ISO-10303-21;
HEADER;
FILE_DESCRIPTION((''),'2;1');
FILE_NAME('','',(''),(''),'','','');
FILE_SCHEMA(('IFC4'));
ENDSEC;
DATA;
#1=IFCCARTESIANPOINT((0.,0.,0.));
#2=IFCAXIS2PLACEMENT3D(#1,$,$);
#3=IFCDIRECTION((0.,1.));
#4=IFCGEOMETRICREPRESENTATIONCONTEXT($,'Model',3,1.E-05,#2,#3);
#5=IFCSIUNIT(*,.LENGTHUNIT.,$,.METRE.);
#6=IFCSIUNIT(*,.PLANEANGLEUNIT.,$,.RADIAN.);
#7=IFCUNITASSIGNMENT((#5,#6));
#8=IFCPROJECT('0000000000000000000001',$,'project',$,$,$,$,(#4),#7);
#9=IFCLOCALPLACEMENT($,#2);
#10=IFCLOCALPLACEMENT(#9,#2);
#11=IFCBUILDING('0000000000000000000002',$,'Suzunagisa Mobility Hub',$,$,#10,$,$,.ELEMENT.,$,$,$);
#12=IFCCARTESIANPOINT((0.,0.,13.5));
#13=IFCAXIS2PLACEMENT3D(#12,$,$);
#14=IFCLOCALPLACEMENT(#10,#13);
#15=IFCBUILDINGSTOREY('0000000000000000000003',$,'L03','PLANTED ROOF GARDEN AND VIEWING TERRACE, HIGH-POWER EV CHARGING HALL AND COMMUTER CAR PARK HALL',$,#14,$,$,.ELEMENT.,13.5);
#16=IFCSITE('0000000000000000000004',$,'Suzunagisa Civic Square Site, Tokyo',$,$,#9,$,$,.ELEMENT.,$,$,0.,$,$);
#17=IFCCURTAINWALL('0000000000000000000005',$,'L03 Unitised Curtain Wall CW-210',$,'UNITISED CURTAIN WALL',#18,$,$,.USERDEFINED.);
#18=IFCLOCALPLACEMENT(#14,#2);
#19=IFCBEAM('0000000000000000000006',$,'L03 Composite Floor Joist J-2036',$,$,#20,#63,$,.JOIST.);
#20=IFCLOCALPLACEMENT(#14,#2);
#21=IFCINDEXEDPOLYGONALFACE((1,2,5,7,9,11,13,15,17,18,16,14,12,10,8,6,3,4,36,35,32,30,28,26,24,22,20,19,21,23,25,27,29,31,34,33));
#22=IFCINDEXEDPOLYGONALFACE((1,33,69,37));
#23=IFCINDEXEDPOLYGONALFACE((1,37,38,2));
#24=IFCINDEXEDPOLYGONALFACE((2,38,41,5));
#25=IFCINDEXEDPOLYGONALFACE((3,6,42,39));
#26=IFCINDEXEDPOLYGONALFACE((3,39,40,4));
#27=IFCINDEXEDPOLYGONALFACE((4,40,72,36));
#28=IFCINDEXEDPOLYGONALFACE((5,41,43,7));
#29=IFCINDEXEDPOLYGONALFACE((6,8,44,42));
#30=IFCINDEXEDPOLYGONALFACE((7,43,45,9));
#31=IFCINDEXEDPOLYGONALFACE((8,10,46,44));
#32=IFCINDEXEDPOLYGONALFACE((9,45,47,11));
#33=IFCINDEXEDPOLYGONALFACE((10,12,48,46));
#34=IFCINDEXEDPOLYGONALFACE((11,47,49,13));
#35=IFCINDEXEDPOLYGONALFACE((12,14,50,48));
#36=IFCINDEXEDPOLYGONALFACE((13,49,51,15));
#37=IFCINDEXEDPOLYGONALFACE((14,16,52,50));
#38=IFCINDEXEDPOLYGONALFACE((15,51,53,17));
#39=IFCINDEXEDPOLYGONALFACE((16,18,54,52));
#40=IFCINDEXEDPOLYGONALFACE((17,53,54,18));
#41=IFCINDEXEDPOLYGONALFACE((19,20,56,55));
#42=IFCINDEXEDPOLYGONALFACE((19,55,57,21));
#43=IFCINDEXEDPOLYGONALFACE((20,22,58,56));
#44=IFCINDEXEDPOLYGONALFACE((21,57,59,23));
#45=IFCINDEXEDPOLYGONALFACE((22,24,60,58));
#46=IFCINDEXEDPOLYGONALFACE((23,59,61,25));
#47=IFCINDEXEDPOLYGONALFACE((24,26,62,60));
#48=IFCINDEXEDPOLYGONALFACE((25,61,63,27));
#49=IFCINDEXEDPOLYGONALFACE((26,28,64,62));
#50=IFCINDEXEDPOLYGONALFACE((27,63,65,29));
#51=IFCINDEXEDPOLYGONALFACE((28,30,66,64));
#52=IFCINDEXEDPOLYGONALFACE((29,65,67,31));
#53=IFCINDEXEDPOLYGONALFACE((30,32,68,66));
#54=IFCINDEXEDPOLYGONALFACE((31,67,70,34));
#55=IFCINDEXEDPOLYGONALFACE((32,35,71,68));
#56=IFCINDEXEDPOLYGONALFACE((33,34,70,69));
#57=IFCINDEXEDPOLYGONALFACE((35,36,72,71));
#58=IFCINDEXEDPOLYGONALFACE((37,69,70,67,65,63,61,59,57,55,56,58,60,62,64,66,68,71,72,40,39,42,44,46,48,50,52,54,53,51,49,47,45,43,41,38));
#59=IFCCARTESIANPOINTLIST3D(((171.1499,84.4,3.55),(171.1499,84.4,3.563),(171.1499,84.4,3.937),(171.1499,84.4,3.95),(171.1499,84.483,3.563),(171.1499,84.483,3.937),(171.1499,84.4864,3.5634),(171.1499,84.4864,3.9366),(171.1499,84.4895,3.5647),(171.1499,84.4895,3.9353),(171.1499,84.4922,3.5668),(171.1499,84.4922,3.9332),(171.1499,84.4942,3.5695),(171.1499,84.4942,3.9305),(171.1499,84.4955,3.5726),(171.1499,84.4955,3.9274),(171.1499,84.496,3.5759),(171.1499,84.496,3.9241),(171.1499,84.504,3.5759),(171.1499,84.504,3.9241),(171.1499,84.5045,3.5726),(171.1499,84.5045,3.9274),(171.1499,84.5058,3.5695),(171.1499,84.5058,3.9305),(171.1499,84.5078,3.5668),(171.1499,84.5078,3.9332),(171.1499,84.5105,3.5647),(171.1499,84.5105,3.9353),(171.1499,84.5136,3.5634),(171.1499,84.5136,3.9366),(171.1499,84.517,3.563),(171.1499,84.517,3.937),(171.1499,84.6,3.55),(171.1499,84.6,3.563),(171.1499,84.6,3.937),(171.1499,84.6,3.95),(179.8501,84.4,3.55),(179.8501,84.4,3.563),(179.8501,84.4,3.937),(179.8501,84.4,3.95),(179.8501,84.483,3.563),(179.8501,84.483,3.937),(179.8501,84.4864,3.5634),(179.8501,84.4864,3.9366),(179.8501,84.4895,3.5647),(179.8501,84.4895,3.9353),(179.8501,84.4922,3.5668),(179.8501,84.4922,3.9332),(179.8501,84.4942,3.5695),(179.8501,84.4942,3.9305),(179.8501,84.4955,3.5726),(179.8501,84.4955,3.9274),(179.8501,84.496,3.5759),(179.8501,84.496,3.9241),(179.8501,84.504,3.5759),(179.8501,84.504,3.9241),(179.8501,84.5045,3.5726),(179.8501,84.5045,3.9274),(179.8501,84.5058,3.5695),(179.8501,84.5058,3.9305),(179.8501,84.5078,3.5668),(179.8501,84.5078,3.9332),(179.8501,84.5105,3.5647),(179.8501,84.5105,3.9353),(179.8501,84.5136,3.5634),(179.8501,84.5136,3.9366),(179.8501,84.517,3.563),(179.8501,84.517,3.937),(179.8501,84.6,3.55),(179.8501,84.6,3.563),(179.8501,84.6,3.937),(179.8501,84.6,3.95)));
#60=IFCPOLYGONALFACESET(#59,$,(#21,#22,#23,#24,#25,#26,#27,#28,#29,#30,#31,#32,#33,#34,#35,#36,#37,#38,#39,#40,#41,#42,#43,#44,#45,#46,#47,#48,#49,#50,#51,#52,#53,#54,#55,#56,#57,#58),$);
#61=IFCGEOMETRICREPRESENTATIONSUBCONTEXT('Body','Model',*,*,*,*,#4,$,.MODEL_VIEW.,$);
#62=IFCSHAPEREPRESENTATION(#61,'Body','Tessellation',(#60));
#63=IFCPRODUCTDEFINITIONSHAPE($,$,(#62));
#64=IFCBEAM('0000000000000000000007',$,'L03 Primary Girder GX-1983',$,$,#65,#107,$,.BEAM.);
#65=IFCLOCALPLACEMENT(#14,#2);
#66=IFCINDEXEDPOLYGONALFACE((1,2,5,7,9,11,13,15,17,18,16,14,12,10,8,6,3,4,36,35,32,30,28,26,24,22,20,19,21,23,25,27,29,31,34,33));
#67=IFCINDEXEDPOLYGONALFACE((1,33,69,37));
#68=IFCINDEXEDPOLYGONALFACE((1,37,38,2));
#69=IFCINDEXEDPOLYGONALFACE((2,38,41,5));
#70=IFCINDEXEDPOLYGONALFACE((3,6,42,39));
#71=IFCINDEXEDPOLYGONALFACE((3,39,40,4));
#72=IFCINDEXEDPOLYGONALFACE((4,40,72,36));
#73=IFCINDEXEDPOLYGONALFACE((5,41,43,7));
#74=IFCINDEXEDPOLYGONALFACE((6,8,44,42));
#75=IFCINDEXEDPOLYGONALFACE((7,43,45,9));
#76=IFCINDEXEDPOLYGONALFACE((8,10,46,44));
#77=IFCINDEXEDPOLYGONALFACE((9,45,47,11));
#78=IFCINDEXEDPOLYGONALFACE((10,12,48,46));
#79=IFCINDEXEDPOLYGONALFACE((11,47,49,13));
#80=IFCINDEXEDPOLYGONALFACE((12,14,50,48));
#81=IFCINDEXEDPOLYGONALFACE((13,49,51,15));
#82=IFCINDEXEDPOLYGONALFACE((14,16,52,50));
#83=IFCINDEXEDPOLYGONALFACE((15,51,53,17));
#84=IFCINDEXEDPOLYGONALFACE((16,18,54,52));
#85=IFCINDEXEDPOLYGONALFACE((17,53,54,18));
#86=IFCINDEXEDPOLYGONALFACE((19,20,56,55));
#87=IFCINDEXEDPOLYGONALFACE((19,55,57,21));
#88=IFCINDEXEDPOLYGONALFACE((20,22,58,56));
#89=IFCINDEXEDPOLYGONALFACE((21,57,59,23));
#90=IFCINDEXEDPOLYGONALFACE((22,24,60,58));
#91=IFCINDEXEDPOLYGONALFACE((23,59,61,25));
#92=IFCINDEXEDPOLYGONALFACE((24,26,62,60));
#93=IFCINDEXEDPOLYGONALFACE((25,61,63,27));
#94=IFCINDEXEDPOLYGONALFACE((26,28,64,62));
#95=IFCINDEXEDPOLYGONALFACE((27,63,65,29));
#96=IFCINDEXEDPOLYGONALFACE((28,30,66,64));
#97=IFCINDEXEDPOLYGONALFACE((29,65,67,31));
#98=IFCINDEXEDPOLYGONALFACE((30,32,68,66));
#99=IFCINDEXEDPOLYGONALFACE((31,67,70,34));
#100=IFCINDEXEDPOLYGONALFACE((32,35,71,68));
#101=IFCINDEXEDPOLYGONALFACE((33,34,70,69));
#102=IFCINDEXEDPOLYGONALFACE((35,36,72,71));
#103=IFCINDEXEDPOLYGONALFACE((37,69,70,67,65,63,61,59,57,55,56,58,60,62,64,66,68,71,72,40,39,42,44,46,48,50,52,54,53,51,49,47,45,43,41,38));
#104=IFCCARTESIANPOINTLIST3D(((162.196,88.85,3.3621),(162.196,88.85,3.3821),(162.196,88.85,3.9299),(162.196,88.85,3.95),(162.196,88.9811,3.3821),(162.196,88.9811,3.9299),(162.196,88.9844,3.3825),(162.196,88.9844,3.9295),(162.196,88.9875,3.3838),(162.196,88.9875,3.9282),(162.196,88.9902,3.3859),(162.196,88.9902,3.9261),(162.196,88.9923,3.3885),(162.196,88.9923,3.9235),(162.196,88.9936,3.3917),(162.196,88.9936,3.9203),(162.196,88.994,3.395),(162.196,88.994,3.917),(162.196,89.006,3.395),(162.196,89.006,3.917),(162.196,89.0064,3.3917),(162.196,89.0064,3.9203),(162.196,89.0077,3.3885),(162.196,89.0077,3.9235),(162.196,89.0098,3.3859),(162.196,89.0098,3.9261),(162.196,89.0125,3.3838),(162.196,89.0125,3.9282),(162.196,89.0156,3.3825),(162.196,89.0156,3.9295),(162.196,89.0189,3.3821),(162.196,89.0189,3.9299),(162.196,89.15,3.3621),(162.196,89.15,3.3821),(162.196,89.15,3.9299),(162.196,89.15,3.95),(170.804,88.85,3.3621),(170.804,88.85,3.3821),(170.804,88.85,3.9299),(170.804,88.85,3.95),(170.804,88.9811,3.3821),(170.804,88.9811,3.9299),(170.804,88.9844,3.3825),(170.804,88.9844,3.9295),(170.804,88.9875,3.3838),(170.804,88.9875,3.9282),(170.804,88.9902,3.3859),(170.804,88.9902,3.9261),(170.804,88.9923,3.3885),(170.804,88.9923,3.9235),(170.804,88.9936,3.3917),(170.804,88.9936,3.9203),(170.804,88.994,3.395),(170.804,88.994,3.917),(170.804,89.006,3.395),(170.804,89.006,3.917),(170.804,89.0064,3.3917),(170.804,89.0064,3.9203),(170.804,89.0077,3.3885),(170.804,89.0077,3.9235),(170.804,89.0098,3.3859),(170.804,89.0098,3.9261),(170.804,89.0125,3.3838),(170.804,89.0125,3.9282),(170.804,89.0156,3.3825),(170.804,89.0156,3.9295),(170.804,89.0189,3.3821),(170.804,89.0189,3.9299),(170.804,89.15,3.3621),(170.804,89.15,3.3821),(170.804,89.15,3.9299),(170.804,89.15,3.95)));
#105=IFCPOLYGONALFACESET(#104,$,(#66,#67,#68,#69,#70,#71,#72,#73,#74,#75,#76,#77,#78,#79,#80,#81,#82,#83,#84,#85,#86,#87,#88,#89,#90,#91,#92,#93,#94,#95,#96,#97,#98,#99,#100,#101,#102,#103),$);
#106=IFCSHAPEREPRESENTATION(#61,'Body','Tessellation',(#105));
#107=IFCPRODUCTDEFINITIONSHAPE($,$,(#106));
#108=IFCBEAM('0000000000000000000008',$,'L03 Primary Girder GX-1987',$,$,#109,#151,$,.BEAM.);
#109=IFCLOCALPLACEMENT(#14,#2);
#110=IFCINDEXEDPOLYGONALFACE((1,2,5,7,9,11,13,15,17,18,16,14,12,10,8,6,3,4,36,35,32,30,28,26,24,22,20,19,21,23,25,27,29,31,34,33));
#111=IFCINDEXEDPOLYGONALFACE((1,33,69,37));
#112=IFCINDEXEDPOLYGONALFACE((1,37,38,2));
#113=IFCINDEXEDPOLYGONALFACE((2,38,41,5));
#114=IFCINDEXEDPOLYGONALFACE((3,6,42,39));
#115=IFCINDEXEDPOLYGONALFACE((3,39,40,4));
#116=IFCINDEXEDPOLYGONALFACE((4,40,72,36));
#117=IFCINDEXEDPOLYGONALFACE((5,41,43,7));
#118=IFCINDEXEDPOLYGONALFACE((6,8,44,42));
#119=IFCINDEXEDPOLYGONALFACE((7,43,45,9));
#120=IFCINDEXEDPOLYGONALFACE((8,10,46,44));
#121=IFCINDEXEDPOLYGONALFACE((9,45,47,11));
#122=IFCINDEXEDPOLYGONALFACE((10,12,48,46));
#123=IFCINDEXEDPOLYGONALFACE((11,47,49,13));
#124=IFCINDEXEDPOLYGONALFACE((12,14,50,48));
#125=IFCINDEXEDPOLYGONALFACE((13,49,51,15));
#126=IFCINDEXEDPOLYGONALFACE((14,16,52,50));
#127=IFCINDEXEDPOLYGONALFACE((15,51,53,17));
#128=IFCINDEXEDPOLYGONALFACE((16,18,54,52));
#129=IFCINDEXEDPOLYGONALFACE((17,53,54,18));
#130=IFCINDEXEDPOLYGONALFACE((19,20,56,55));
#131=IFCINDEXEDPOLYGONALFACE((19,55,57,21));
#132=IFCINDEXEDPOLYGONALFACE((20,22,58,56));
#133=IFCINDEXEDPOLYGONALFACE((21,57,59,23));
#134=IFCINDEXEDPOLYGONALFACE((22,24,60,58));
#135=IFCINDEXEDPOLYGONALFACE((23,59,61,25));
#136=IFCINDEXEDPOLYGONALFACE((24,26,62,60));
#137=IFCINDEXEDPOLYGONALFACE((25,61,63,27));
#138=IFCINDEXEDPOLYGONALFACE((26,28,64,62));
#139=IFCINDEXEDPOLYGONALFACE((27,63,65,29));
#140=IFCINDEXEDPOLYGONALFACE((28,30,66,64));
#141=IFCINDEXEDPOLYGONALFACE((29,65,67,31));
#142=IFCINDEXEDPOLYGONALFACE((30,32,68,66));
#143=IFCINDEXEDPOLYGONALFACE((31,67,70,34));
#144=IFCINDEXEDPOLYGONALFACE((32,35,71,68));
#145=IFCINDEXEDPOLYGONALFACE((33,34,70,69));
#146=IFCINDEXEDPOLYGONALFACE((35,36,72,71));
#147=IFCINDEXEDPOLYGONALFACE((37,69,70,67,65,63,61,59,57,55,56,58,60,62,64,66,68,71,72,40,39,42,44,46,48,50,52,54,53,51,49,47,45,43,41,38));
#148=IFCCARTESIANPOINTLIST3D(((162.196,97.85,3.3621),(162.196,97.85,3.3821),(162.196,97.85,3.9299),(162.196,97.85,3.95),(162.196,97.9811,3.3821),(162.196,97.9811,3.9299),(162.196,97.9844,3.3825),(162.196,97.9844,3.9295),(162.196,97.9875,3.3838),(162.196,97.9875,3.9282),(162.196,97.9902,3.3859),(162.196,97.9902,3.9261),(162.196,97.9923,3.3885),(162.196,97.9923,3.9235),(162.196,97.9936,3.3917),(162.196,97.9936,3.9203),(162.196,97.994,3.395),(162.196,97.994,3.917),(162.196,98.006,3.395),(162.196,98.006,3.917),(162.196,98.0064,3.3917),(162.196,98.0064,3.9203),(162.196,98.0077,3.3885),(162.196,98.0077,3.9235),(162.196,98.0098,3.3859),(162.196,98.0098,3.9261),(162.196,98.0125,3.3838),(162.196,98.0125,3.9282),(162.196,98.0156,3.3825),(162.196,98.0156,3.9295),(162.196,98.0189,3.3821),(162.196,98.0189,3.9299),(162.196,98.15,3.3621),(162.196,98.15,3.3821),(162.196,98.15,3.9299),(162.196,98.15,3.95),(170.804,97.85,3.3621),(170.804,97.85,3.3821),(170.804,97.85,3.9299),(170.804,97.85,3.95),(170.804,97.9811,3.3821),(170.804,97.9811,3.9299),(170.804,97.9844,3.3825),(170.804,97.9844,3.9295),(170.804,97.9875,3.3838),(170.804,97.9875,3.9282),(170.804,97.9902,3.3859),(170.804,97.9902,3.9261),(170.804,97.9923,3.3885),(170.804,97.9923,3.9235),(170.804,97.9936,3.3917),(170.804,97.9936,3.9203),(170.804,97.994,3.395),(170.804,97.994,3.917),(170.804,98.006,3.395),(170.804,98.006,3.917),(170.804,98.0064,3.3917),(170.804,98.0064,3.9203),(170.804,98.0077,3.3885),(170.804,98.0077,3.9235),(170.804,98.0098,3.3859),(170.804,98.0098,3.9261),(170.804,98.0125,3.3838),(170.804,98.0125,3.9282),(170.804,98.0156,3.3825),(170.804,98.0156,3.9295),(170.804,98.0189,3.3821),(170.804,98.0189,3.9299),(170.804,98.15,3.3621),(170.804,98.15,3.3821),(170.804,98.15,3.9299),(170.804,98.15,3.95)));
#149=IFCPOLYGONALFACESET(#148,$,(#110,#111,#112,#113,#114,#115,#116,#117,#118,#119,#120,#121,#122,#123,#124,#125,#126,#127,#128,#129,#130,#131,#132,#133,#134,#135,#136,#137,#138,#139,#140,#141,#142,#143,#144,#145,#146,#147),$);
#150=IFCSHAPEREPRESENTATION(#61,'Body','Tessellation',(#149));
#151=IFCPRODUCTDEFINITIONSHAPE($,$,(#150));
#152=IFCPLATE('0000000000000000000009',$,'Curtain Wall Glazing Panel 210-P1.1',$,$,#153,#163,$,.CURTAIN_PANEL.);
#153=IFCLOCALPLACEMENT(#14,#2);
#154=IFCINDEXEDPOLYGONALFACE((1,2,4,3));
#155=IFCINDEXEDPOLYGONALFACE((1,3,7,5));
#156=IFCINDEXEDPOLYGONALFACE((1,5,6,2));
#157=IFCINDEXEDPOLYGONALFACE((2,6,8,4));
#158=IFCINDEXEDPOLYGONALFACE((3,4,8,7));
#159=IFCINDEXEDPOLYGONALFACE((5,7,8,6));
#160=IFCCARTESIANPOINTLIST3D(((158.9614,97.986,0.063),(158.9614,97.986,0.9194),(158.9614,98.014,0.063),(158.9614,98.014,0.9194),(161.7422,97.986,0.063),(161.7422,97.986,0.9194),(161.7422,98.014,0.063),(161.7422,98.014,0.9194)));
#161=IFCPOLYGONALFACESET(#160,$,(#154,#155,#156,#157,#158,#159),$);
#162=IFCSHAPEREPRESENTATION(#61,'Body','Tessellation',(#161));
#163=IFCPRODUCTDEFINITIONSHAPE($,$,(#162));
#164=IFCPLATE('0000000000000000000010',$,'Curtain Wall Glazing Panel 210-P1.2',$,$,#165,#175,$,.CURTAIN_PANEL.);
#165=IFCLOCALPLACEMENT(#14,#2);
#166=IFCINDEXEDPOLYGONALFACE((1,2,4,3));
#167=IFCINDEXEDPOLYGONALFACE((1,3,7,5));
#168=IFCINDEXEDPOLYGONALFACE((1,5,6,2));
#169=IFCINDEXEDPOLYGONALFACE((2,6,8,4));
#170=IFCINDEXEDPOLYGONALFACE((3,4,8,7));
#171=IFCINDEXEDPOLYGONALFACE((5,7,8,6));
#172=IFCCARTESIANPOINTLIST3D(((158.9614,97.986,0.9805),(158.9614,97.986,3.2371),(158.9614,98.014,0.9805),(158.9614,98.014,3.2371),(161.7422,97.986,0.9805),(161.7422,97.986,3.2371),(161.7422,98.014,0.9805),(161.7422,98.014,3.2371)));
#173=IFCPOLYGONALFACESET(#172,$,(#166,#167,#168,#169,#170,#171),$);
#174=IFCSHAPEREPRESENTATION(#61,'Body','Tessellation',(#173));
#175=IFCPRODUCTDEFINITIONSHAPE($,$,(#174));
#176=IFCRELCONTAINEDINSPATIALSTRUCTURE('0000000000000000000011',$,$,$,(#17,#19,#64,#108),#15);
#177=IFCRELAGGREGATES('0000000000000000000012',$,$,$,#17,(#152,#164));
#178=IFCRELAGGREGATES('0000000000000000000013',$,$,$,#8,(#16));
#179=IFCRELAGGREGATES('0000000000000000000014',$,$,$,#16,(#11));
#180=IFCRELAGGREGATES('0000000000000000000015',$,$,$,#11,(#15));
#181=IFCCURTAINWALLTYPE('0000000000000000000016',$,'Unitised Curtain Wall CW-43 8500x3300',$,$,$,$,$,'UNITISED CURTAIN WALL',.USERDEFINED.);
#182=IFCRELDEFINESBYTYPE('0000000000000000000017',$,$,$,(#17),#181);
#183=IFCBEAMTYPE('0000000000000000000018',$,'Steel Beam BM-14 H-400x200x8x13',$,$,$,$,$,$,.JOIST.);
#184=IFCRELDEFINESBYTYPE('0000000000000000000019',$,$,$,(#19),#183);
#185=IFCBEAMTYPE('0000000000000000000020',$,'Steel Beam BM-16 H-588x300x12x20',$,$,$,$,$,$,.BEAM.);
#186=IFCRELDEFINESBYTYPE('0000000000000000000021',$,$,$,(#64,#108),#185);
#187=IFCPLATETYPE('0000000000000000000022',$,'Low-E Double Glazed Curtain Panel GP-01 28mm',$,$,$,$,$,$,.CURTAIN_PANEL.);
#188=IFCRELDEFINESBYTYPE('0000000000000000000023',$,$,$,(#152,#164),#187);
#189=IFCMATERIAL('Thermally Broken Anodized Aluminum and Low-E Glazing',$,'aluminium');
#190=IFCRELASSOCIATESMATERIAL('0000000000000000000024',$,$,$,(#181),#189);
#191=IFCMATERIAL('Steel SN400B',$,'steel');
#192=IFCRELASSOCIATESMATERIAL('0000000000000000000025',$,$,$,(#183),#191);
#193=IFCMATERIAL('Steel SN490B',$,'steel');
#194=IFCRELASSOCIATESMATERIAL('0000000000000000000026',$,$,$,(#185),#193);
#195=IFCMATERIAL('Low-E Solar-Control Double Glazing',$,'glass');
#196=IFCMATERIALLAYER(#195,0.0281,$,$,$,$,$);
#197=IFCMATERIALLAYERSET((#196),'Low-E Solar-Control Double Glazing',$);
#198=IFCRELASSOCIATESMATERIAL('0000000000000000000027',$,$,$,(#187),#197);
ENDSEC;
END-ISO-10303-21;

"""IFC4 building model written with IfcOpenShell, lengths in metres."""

from ifc_helpers import new_model, si_unit, direction, frame, origin, origin_2d, place, context, subcontext, project, spatial, rectangle, i_section, extrude, material, layer, layer_set, material_profile, profile_set, type_object, element, aggregate, save


model = new_model("IFC4")

# Units and contexts
model_context = context("Model", 3, precision=1e-05, world=origin(), true_north=direction((0.0, 1.0)))
body_context = subcontext(model_context, "Body", "Model", "MODEL_VIEW")
ifc_project = project(units=[si_unit("LENGTHUNIT", "METRE"), si_unit("PLANEANGLEUNIT", "RADIAN")], contexts=[model_context])

# Site, building, storey
site_placement = place(None, origin())
site = spatial("IfcSite", under=ifc_project, at=site_placement, Name="Suzunagisa Civic Square Site, Tokyo", CompositionType="ELEMENT", RefElevation=0.0)
building_placement = place(site_placement, origin())
building = spatial("IfcBuilding", under=site, at=building_placement, Name="Suzunagisa Mobility Hub", CompositionType="ELEMENT")
storey_placement = place(building_placement, frame((0.0, 0.0, 13.5)))
storey = spatial("IfcBuildingStorey", under=building, at=storey_placement, Name="L03", Description="PLANTED ROOF GARDEN AND VIEWING TERRACE, HIGH-POWER EV CHARGING HALL AND COMMUTER CAR PARK HALL", CompositionType="ELEMENT", Elevation=13.5)

# Shared definitions
ifc_material_1 = material(Name="Steel SN490B", Category="steel")

# Curtain wall
ifc_material_2 = material(Name="Thermally Broken Anodized Aluminum and Low-E Glazing", Category="aluminium")
curtain_wall_type = type_object("IfcCurtainWallType", Name="Unitised Curtain Wall CW-43 8500x3300", ElementType="UNITISED CURTAIN WALL", PredefinedType="USERDEFINED", material=ifc_material_2)
curtain_wall_placement = place(storey_placement, origin())
curtain_wall = element("IfcCurtainWall", 1, at=curtain_wall_placement, inside=storey, type_object=curtain_wall_type, Name="L03 Unitised Curtain Wall CW-210", ObjectType="UNITISED CURTAIN WALL", PredefinedType="USERDEFINED")

# Beams
ifc_material_3 = material(Name="Steel SN400B", Category="steel")
ifc_material_profile_1 = material_profile(ifc_material_3, i_section(OverallWidth=0.2, OverallDepth=0.3999, WebThickness=0.0081, FlangeThickness=0.0129, FilletRadius=0.0129, at=origin_2d()), Name="H-400x200x8x13")
ifc_profile_set_1 = profile_set([ifc_material_profile_1], Name="Steel SN400B")
beam_type_1 = type_object("IfcBeamType", Name="Steel Beam BM-14 H-400x200x8x13", PredefinedType="JOIST", material=ifc_profile_set_1)
for number, where, z_axis, x_axis, name in (
    (2, (171.1499, 84.5, 3.75), (1.0, 0.0, 0.0), (0.0, 1.0, 0.0), "L03 Composite Floor Joist J-2036"),
):
    element("IfcBeam", number, at=place(storey_placement, frame(where, z_axis=z_axis, x_axis=x_axis)), inside=storey, type_object=beam_type_1, Name=name, PredefinedType="JOIST", context=body_context, shape_type="SweptSolid", body=[
        extrude(i_section(OverallWidth=0.2, OverallDepth=0.3999, WebThickness=0.0081, FlangeThickness=0.0129, FilletRadius=0.0129, at=origin_2d()), origin(), (0.0, 0.0, 1.0), 8.7002),
    ])
ifc_material_profile_2 = material_profile(ifc_material_1, i_section(OverallWidth=0.3, OverallDepth=0.5879, WebThickness=0.012, FlangeThickness=0.02, FilletRadius=0.0129, at=origin_2d()), Name="H-588x300x12x20")
ifc_profile_set_2 = profile_set([ifc_material_profile_2], Name="Steel SN490B")
beam_type_2 = type_object("IfcBeamType", Name="Steel Beam BM-16 H-588x300x12x20", PredefinedType="BEAM", material=ifc_profile_set_2)
for number, where, z_axis, x_axis, name in (
    (3, (162.196, 89.0, 3.656), (1.0, 0.0, 0.0), (0.0, 1.0, 0.0), "L03 Primary Girder GX-1983"),
    (4, (162.196, 98.0, 3.656), (1.0, 0.0, 0.0), (0.0, 1.0, 0.0), "L03 Primary Girder GX-1987"),
):
    element("IfcBeam", number, at=place(storey_placement, frame(where, z_axis=z_axis, x_axis=x_axis)), inside=storey, type_object=beam_type_2, Name=name, PredefinedType="BEAM", context=body_context, shape_type="SweptSolid", body=[
        extrude(i_section(OverallWidth=0.3, OverallDepth=0.5879, WebThickness=0.012, FlangeThickness=0.02, FilletRadius=0.0129, at=origin_2d()), origin(), (0.0, 0.0, 1.0), 8.6079),
    ])

# Plates
ifc_material_4 = material(Name="Low-E Solar-Control Double Glazing", Category="glass")
ifc_layer_1 = layer(ifc_material_4, 0.0281)
ifc_layer_set_1 = layer_set([ifc_layer_1], Name="Low-E Solar-Control Double Glazing")
plate_type = type_object("IfcPlateType", Name="Low-E Double Glazed Curtain Panel GP-01 28mm", PredefinedType="CURTAIN_PANEL", material=ifc_layer_set_1)
plate_1_placement = place(storey_placement, frame((160.3518, 98.0, 0.063), z_axis=(0.0, 0.0, 1.0), x_axis=(-1.0, 0.0, 0.0)))
plate_1 = element("IfcPlate", 5, at=plate_1_placement, type_object=plate_type, Name="Curtain Wall Glazing Panel 210-P1.1", PredefinedType="CURTAIN_PANEL", context=body_context, shape_type="SweptSolid", body=[
    extrude(rectangle(XDim=2.7808, YDim=0.0281, at=origin_2d()), origin(), (0.0, 0.0, 1.0), 0.8564),
])
plate_2_placement = place(storey_placement, frame((160.3518, 98.0, 0.9805), z_axis=(0.0, 0.0, 1.0), x_axis=(-1.0, 0.0, 0.0)))
plate_2 = element("IfcPlate", 6, at=plate_2_placement, type_object=plate_type, Name="Curtain Wall Glazing Panel 210-P1.2", PredefinedType="CURTAIN_PANEL", context=body_context, shape_type="SweptSolid", body=[
    extrude(rectangle(XDim=2.7808, YDim=0.0281, at=origin_2d()), origin(), (0.0, 0.0, 1.0), 2.2566),
])
aggregate(curtain_wall, [plate_1, plate_2])

save(model, "model.ifc")
